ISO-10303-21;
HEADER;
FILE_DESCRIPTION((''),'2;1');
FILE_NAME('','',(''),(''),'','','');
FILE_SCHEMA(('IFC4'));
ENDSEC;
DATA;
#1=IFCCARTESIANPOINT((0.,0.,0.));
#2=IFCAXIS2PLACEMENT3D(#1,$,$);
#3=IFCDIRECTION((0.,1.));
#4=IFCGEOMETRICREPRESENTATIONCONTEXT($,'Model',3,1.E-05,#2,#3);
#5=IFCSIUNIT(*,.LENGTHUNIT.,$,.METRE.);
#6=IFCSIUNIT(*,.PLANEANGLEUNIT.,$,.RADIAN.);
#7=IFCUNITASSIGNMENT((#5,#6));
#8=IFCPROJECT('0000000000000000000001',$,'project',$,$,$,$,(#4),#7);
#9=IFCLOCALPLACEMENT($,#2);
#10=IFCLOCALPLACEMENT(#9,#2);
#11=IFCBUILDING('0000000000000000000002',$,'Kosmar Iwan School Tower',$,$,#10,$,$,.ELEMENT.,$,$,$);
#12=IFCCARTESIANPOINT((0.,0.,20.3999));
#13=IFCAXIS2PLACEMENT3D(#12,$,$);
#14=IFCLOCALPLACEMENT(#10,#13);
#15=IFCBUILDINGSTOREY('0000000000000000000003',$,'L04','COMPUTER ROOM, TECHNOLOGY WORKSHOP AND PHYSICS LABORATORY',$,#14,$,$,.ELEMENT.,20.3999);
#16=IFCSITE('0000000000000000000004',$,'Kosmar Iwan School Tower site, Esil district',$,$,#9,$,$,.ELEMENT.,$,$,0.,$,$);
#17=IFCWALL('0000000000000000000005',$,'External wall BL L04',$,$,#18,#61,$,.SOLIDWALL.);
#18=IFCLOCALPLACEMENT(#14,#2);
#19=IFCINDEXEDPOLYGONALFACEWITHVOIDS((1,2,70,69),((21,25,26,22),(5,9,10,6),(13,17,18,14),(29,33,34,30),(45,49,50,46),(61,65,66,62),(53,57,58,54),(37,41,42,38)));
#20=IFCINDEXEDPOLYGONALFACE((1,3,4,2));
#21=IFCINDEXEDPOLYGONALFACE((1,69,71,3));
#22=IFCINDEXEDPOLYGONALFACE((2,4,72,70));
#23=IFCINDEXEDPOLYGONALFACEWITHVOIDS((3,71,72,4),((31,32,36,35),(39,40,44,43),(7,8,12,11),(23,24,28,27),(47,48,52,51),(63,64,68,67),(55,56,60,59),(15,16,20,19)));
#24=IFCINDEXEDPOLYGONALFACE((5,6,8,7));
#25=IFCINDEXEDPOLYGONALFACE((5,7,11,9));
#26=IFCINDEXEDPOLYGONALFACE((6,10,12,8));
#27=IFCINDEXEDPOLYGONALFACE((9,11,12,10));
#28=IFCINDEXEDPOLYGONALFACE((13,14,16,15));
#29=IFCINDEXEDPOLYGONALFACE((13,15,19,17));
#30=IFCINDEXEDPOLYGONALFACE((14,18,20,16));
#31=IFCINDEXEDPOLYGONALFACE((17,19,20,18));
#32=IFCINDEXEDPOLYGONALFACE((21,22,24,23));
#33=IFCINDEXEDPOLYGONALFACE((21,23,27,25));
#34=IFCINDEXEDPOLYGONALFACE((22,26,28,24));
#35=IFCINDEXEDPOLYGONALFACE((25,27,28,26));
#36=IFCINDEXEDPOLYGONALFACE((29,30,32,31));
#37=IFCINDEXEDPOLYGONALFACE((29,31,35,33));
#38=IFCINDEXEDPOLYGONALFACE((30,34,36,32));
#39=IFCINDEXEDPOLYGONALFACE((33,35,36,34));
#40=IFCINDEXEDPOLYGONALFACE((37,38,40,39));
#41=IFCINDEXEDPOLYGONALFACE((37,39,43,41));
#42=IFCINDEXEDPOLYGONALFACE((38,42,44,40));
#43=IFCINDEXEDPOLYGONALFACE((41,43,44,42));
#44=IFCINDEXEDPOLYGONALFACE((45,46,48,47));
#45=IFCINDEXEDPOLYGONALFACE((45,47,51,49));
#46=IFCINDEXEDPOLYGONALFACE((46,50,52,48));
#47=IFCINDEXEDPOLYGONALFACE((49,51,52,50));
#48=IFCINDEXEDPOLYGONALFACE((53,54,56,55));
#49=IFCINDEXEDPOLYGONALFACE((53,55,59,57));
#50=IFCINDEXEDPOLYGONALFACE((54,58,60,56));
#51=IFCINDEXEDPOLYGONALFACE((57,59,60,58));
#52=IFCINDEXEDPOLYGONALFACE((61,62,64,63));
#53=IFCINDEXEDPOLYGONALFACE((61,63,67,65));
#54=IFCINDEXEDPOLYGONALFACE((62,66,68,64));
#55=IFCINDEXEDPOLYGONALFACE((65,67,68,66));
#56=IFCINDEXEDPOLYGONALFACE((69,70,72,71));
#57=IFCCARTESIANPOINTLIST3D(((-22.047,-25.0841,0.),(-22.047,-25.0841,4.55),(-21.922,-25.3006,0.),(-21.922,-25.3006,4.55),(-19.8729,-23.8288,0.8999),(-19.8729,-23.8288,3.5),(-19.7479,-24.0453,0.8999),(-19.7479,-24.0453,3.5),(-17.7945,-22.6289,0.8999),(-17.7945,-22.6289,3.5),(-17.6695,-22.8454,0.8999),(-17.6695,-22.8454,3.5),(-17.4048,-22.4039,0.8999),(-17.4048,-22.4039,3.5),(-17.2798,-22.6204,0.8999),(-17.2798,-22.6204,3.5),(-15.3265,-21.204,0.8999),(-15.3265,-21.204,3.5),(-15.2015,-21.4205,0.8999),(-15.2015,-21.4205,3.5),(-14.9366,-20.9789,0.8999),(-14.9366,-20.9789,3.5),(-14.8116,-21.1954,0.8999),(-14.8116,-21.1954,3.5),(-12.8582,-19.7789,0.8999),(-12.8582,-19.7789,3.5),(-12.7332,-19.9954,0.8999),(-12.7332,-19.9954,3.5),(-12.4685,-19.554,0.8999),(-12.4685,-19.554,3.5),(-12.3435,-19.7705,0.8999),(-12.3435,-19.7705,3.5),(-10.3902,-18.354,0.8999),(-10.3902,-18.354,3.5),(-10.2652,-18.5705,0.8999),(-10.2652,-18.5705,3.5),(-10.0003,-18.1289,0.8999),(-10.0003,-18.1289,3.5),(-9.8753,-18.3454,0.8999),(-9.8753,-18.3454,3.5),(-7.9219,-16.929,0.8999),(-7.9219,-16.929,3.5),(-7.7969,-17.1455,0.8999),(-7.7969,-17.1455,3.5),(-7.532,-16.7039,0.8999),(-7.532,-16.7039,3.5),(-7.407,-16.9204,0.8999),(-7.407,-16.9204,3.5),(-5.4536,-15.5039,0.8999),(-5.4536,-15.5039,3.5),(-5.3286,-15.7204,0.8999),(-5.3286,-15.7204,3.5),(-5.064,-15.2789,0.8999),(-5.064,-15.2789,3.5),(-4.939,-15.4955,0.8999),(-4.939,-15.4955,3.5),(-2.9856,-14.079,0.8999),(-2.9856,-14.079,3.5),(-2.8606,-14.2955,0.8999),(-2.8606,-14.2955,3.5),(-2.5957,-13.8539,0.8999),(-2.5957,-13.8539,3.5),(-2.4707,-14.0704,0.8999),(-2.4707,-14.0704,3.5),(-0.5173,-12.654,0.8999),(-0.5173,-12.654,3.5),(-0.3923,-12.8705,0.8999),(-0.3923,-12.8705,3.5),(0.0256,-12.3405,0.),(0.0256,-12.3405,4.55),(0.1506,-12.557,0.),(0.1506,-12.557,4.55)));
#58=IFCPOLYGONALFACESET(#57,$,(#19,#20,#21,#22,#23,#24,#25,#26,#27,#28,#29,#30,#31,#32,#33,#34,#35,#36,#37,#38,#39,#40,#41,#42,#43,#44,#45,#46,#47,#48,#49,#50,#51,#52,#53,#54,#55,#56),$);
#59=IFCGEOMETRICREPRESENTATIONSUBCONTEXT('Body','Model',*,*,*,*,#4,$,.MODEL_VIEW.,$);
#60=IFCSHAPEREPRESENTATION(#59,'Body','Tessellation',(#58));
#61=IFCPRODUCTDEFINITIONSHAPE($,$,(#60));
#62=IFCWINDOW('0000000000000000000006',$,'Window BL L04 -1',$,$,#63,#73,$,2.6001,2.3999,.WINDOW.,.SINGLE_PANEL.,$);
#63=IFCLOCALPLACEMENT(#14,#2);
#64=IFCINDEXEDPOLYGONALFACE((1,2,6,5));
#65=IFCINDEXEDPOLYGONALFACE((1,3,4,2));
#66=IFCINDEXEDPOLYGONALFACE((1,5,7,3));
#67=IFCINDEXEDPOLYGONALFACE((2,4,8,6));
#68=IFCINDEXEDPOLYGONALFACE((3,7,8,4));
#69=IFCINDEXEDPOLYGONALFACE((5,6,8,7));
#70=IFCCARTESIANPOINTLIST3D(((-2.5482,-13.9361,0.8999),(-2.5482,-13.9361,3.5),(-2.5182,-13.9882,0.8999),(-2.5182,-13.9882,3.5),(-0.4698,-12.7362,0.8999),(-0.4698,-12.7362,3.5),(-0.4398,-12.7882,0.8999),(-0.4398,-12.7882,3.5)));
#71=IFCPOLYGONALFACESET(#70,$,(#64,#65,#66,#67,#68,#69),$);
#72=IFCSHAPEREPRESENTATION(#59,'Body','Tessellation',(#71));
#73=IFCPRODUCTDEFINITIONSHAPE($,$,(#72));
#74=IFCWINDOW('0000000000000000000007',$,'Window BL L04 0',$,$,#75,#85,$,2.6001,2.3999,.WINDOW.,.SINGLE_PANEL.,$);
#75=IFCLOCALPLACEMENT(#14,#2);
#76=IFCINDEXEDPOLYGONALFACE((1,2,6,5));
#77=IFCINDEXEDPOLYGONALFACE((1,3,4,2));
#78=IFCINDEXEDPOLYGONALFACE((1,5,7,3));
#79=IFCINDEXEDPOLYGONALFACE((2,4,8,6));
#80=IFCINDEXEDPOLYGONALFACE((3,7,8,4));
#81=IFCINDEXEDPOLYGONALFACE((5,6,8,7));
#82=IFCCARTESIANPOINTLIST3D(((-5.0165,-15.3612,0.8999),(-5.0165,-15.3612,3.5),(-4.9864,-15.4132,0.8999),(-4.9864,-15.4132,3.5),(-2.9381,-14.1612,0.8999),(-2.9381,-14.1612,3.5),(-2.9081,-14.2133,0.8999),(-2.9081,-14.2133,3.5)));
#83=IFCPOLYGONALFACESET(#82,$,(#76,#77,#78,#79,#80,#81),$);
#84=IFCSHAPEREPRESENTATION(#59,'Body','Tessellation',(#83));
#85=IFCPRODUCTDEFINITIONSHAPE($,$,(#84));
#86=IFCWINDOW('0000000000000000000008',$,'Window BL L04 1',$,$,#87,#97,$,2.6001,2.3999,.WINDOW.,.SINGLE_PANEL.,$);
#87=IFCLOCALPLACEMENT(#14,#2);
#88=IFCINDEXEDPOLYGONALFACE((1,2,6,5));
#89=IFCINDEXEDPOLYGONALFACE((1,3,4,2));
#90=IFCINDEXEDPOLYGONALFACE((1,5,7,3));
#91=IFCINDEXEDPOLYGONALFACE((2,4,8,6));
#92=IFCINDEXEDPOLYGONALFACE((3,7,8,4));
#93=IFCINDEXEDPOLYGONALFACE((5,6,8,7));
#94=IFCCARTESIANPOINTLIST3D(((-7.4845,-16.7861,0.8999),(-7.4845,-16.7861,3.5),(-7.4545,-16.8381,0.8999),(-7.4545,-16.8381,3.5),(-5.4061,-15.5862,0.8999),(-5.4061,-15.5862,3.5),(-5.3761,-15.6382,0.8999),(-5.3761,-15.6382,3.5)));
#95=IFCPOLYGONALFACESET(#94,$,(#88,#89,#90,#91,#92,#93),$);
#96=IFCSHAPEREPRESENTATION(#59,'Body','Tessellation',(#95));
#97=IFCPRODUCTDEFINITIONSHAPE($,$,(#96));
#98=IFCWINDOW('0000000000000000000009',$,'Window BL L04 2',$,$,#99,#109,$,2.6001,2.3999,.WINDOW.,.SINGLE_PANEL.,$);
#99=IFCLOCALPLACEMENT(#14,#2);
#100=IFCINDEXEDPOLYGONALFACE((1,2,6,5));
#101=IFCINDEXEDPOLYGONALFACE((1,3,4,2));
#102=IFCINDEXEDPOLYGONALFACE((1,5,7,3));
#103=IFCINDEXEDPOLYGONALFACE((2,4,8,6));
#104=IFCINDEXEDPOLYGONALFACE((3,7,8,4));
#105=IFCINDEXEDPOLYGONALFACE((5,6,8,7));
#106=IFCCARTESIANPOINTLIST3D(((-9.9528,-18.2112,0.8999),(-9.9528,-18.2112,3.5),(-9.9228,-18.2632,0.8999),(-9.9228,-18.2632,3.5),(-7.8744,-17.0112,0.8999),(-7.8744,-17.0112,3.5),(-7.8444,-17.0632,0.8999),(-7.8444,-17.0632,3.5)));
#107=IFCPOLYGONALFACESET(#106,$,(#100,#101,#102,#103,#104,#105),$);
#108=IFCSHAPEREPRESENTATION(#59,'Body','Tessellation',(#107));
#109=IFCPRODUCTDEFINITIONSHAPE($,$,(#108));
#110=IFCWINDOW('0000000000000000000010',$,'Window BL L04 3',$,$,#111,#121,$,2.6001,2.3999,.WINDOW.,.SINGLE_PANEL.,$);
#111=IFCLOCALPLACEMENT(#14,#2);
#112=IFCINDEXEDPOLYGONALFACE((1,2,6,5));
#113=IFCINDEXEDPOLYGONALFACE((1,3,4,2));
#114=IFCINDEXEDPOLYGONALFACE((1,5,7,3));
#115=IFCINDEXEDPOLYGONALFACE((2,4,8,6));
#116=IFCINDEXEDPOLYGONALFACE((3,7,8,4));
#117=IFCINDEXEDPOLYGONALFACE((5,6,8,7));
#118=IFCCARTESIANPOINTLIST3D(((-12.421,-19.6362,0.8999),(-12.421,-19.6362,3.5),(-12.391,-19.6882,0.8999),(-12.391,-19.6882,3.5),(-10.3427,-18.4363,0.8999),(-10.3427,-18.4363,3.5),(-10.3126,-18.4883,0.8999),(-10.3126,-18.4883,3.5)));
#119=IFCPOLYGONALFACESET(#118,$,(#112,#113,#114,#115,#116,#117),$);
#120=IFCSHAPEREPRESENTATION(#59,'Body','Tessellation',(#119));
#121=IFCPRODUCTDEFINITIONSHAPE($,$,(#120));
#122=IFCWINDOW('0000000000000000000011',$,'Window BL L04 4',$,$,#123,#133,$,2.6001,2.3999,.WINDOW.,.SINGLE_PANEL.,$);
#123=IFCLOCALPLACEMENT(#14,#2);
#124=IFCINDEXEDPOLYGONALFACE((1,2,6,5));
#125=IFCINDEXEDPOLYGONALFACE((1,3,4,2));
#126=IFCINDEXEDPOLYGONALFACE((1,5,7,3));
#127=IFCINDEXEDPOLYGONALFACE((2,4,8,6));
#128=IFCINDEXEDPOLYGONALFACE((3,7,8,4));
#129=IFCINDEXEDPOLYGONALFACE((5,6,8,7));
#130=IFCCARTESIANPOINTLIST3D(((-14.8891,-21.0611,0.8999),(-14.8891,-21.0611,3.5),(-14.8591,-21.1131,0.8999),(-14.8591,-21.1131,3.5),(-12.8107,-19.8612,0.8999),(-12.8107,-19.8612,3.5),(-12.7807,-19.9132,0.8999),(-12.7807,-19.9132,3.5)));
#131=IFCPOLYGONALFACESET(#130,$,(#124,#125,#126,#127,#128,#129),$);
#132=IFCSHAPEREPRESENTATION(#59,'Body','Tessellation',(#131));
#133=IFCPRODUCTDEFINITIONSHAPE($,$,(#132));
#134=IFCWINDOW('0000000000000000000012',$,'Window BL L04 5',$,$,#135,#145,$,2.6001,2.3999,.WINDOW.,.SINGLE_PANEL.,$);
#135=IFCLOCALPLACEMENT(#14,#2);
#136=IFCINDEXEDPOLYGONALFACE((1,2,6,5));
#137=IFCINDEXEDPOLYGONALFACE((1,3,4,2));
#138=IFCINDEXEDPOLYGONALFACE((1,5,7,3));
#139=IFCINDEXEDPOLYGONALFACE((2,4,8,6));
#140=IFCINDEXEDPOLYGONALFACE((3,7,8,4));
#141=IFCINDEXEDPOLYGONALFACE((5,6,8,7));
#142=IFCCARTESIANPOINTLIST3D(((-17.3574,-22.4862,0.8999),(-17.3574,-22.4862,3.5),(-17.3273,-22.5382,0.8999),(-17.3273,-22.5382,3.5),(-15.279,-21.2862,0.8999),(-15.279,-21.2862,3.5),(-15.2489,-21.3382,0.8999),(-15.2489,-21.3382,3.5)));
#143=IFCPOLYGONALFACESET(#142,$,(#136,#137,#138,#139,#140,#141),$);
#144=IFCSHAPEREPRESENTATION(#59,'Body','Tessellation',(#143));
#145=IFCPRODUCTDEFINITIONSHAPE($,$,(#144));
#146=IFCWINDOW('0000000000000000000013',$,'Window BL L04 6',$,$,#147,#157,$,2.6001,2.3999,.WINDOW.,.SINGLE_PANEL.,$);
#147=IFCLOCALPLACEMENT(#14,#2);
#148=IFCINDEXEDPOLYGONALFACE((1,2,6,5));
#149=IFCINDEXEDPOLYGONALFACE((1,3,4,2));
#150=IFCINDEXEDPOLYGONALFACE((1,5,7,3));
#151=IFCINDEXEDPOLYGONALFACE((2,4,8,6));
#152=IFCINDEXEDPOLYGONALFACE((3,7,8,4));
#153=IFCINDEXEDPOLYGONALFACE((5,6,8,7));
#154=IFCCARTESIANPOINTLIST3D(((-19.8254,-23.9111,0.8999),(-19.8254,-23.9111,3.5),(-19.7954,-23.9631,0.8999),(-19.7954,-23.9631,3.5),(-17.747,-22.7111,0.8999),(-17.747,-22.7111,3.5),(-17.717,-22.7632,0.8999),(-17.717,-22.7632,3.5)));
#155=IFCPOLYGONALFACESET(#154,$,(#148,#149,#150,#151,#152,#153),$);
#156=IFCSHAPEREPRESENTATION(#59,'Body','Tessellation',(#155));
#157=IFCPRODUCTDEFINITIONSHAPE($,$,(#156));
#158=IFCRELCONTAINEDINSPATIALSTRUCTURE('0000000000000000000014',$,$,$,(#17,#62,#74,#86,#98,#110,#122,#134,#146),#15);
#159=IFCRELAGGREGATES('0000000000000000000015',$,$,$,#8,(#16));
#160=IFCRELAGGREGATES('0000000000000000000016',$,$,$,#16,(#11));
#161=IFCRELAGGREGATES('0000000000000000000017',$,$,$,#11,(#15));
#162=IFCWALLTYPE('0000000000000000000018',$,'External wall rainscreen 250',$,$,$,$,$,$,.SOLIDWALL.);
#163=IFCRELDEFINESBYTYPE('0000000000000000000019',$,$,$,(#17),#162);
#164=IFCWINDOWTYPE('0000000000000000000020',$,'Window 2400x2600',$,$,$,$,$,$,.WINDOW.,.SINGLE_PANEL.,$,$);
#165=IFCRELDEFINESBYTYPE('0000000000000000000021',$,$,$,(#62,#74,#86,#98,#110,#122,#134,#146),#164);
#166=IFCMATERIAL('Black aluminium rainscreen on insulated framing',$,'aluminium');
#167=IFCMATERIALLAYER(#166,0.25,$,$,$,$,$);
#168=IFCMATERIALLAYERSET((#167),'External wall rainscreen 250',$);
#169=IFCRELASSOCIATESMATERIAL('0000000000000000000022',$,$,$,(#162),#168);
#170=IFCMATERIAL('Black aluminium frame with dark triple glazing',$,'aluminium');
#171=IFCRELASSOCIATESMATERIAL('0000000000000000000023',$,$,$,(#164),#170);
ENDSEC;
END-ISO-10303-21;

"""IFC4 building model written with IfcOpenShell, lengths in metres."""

from ifc_helpers import new_model, si_unit, direction, frame, frame_2d, origin, place, context, subcontext, project, spatial, rectangle, extrude, material, layer, layer_set, type_object, element, fill, save


model = new_model("IFC4")

# Units and contexts
model_context = context("Model", 3, precision=1e-05, world=origin(), true_north=direction((0.0, 1.0)))
body_context = subcontext(model_context, "Body", "Model", "MODEL_VIEW")
ifc_project = project(units=[si_unit("LENGTHUNIT", "METRE"), si_unit("PLANEANGLEUNIT", "RADIAN")], contexts=[model_context])

# Site, building, storey
site_placement = place(None, origin())
site = spatial("IfcSite", under=ifc_project, at=site_placement, Name="Kosmar Iwan School Tower site, Esil district", CompositionType="ELEMENT", RefElevation=0.0)
building_placement = place(site_placement, origin())
building = spatial("IfcBuilding", under=site, at=building_placement, Name="Kosmar Iwan School Tower", CompositionType="ELEMENT")
storey_placement = place(building_placement, frame((0.0, 0.0, 20.3999)))
storey = spatial("IfcBuildingStorey", under=building, at=storey_placement, Name="L04", Description="COMPUTER ROOM, TECHNOLOGY WORKSHOP AND PHYSICS LABORATORY", CompositionType="ELEMENT", Elevation=20.3999)

# Wall, openings, windows
ifc_material_1 = material(Name="Black aluminium rainscreen on insulated framing", Category="aluminium")
ifc_layer_1 = layer(ifc_material_1, 0.25)
ifc_layer_set_1 = layer_set([ifc_layer_1], Name="External wall rainscreen 250")
wall_type_1 = type_object("IfcWallType", Name="External wall rainscreen 250", PredefinedType="SOLIDWALL", material=ifc_layer_set_1)
wall_1_placement = place(storey_placement, frame((0.0881, -12.4487, 0.0), z_axis=(0.0, 0.0, 1.0), x_axis=(-0.866026, -0.499998, 0.0)))
wall_1 = element("IfcWall", 1, at=wall_1_placement, inside=storey, type_object=wall_type_1, Name="External wall BL L04", PredefinedType="SOLIDWALL", context=body_context, shape_type="SweptSolid", body=[
    extrude(rectangle(XDim=25.4873, YDim=0.25, at=frame_2d((12.7437, 0.0))), origin(), (0.0, 0.0, 1.0), 4.55),
])
opening_1_placement = place(wall_1_placement, frame((0.627, 0.0, 0.8999)))
opening_1 = element("IfcOpeningElement", 2, at=opening_1_placement, cuts=wall_1, PredefinedType="OPENING", context=body_context, shape_type="SweptSolid", body=[
    extrude(rectangle(XDim=2.3999, YDim=2.6001, at=frame_2d((1.2, 1.3))), frame((0.0, 0.137, 0.0), z_axis=(0.0, -1.0, 0.0), x_axis=(1.0, 0.0, 0.0)), (0.0, 0.0, 1.0), 0.2739),
])
opening_2_placement = place(wall_1_placement, frame((3.4771, 0.0, 0.8999)))
opening_2 = element("IfcOpeningElement", 3, at=opening_2_placement, cuts=wall_1, PredefinedType="OPENING", context=body_context, shape_type="SweptSolid", body=[
    extrude(rectangle(XDim=2.3999, YDim=2.6001, at=frame_2d((1.2, 1.3))), frame((0.0, 0.137, 0.0), z_axis=(0.0, -1.0, 0.0), x_axis=(1.0, 0.0, 0.0)), (0.0, 0.0, 1.0), 0.2739),
])
opening_3_placement = place(wall_1_placement, frame((6.3269, 0.0, 0.8999)))
opening_3 = element("IfcOpeningElement", 4, at=opening_3_placement, cuts=wall_1, PredefinedType="OPENING", context=body_context, shape_type="SweptSolid", body=[
    extrude(rectangle(XDim=2.3999, YDim=2.6001, at=frame_2d((1.2, 1.3))), frame((0.0, 0.137, 0.0), z_axis=(0.0, -1.0, 0.0), x_axis=(1.0, 0.0, 0.0)), (0.0, 0.0, 1.0), 0.2739),
])
opening_4_placement = place(wall_1_placement, frame((9.177, 0.0, 0.8999)))
opening_4 = element("IfcOpeningElement", 5, at=opening_4_placement, cuts=wall_1, PredefinedType="OPENING", context=body_context, shape_type="SweptSolid", body=[
    extrude(rectangle(XDim=2.3999, YDim=2.6001, at=frame_2d((1.2, 1.3))), frame((0.0, 0.137, 0.0), z_axis=(0.0, -1.0, 0.0), x_axis=(1.0, 0.0, 0.0)), (0.0, 0.0, 1.0), 0.2739),
])
opening_5_placement = place(wall_1_placement, frame((12.0271, 0.0, 0.8999)))
opening_5 = element("IfcOpeningElement", 6, at=opening_5_placement, cuts=wall_1, PredefinedType="OPENING", context=body_context, shape_type="SweptSolid", body=[
    extrude(rectangle(XDim=2.3999, YDim=2.6001, at=frame_2d((1.2, 1.3))), frame((0.0, 0.137, 0.0), z_axis=(0.0, -1.0, 0.0), x_axis=(1.0, 0.0, 0.0)), (0.0, 0.0, 1.0), 0.2739),
])
opening_6_placement = place(wall_1_placement, frame((14.877, 0.0, 0.8999)))
opening_6 = element("IfcOpeningElement", 7, at=opening_6_placement, cuts=wall_1, PredefinedType="OPENING", context=body_context, shape_type="SweptSolid", body=[
    extrude(rectangle(XDim=2.3999, YDim=2.6001, at=frame_2d((1.2, 1.3))), frame((0.0, 0.137, 0.0), z_axis=(0.0, -1.0, 0.0), x_axis=(1.0, 0.0, 0.0)), (0.0, 0.0, 1.0), 0.2739),
])
opening_7_placement = place(wall_1_placement, frame((17.7271, 0.0, 0.8999)))
opening_7 = element("IfcOpeningElement", 8, at=opening_7_placement, cuts=wall_1, PredefinedType="OPENING", context=body_context, shape_type="SweptSolid", body=[
    extrude(rectangle(XDim=2.3999, YDim=2.6001, at=frame_2d((1.2, 1.3))), frame((0.0, 0.137, 0.0), z_axis=(0.0, -1.0, 0.0), x_axis=(1.0, 0.0, 0.0)), (0.0, 0.0, 1.0), 0.2739),
])
opening_8_placement = place(wall_1_placement, frame((20.5769, 0.0, 0.8999)))
opening_8 = element("IfcOpeningElement", 9, at=opening_8_placement, cuts=wall_1, PredefinedType="OPENING", context=body_context, shape_type="SweptSolid", body=[
    extrude(rectangle(XDim=2.3999, YDim=2.6001, at=frame_2d((1.2, 1.3))), frame((0.0, 0.137, 0.0), z_axis=(0.0, -1.0, 0.0), x_axis=(1.0, 0.0, 0.0)), (0.0, 0.0, 1.0), 0.2739),
])
ifc_material_2 = material(Name="Black aluminium frame with dark triple glazing", Category="aluminium")
window_type = type_object("IfcWindowType", Name="Window 2400x2600", PartitioningType="SINGLE_PANEL", PredefinedType="WINDOW", material=ifc_material_2)
window_1_placement = place(opening_1_placement, origin())
window_1 = element("IfcWindow", 10, at=window_1_placement, inside=storey, type_object=window_type, Name="Window BL L04 -1", OverallHeight=2.6001, OverallWidth=2.3999, PartitioningType="SINGLE_PANEL", PredefinedType="WINDOW", context=body_context, shape_type="SweptSolid", body=[
    extrude(rectangle(XDim=2.3999, YDim=2.6001, at=frame_2d((1.2, 1.3))), frame((0.0, 0.03, 0.0), z_axis=(0.0, -1.0, 0.0), x_axis=(1.0, 0.0, 0.0)), (0.0, 0.0, 1.0), 0.0601),
])
fill(opening_1, window_1)
window_2_placement = place(opening_2_placement, origin())
window_2 = element("IfcWindow", 11, at=window_2_placement, inside=storey, type_object=window_type, Name="Window BL L04 0", OverallHeight=2.6001, OverallWidth=2.3999, PartitioningType="SINGLE_PANEL", PredefinedType="WINDOW", context=body_context, shape_type="SweptSolid", body=[
    extrude(rectangle(XDim=2.3999, YDim=2.6001, at=frame_2d((1.2, 1.3))), frame((0.0, 0.03, 0.0), z_axis=(0.0, -1.0, 0.0), x_axis=(1.0, 0.0, 0.0)), (0.0, 0.0, 1.0), 0.0601),
])
fill(opening_2, window_2)
window_3_placement = place(opening_3_placement, origin())
window_3 = element("IfcWindow", 12, at=window_3_placement, inside=storey, type_object=window_type, Name="Window BL L04 1", OverallHeight=2.6001, OverallWidth=2.3999, PartitioningType="SINGLE_PANEL", PredefinedType="WINDOW", context=body_context, shape_type="SweptSolid", body=[
    extrude(rectangle(XDim=2.3999, YDim=2.6001, at=frame_2d((1.2, 1.3))), frame((0.0, 0.03, 0.0), z_axis=(0.0, -1.0, 0.0), x_axis=(1.0, 0.0, 0.0)), (0.0, 0.0, 1.0), 0.0601),
])
fill(opening_3, window_3)
window_4_placement = place(opening_4_placement, origin())
window_4 = element("IfcWindow", 13, at=window_4_placement, inside=storey, type_object=window_type, Name="Window BL L04 2", OverallHeight=2.6001, OverallWidth=2.3999, PartitioningType="SINGLE_PANEL", PredefinedType="WINDOW", context=body_context, shape_type="SweptSolid", body=[
    extrude(rectangle(XDim=2.3999, YDim=2.6001, at=frame_2d((1.2, 1.3))), frame((0.0, 0.03, 0.0), z_axis=(0.0, -1.0, 0.0), x_axis=(1.0, 0.0, 0.0)), (0.0, 0.0, 1.0), 0.0601),
])
fill(opening_4, window_4)
window_5_placement = place(opening_5_placement, origin())
window_5 = element("IfcWindow", 14, at=window_5_placement, inside=storey, type_object=window_type, Name="Window BL L04 3", OverallHeight=2.6001, OverallWidth=2.3999, PartitioningType="SINGLE_PANEL", PredefinedType="WINDOW", context=body_context, shape_type="SweptSolid", body=[
    extrude(rectangle(XDim=2.3999, YDim=2.6001, at=frame_2d((1.2, 1.3))), frame((0.0, 0.03, 0.0), z_axis=(0.0, -1.0, 0.0), x_axis=(1.0, 0.0, 0.0)), (0.0, 0.0, 1.0), 0.0601),
])
fill(opening_5, window_5)
window_6_placement = place(opening_6_placement, origin())
window_6 = element("IfcWindow", 15, at=window_6_placement, inside=storey, type_object=window_type, Name="Window BL L04 4", OverallHeight=2.6001, OverallWidth=2.3999, PartitioningType="SINGLE_PANEL", PredefinedType="WINDOW", context=body_context, shape_type="SweptSolid", body=[
    extrude(rectangle(XDim=2.3999, YDim=2.6001, at=frame_2d((1.2, 1.3))), frame((0.0, 0.03, 0.0), z_axis=(0.0, -1.0, 0.0), x_axis=(1.0, 0.0, 0.0)), (0.0, 0.0, 1.0), 0.0601),
])
fill(opening_6, window_6)
window_7_placement = place(opening_7_placement, origin())
window_7 = element("IfcWindow", 16, at=window_7_placement, inside=storey, type_object=window_type, Name="Window BL L04 5", OverallHeight=2.6001, OverallWidth=2.3999, PartitioningType="SINGLE_PANEL", PredefinedType="WINDOW", context=body_context, shape_type="SweptSolid", body=[
    extrude(rectangle(XDim=2.3999, YDim=2.6001, at=frame_2d((1.2, 1.3))), frame((0.0, 0.03, 0.0), z_axis=(0.0, -1.0, 0.0), x_axis=(1.0, 0.0, 0.0)), (0.0, 0.0, 1.0), 0.0601),
])
fill(opening_7, window_7)
window_8_placement = place(opening_8_placement, origin())
window_8 = element("IfcWindow", 17, at=window_8_placement, inside=storey, type_object=window_type, Name="Window BL L04 6", OverallHeight=2.6001, OverallWidth=2.3999, PartitioningType="SINGLE_PANEL", PredefinedType="WINDOW", context=body_context, shape_type="SweptSolid", body=[
    extrude(rectangle(XDim=2.3999, YDim=2.6001, at=frame_2d((1.2, 1.3))), frame((0.0, 0.03, 0.0), z_axis=(0.0, -1.0, 0.0), x_axis=(1.0, 0.0, 0.0)), (0.0, 0.0, 1.0), 0.0601),
])
fill(opening_8, window_8)

save(model, "model.ifc")
